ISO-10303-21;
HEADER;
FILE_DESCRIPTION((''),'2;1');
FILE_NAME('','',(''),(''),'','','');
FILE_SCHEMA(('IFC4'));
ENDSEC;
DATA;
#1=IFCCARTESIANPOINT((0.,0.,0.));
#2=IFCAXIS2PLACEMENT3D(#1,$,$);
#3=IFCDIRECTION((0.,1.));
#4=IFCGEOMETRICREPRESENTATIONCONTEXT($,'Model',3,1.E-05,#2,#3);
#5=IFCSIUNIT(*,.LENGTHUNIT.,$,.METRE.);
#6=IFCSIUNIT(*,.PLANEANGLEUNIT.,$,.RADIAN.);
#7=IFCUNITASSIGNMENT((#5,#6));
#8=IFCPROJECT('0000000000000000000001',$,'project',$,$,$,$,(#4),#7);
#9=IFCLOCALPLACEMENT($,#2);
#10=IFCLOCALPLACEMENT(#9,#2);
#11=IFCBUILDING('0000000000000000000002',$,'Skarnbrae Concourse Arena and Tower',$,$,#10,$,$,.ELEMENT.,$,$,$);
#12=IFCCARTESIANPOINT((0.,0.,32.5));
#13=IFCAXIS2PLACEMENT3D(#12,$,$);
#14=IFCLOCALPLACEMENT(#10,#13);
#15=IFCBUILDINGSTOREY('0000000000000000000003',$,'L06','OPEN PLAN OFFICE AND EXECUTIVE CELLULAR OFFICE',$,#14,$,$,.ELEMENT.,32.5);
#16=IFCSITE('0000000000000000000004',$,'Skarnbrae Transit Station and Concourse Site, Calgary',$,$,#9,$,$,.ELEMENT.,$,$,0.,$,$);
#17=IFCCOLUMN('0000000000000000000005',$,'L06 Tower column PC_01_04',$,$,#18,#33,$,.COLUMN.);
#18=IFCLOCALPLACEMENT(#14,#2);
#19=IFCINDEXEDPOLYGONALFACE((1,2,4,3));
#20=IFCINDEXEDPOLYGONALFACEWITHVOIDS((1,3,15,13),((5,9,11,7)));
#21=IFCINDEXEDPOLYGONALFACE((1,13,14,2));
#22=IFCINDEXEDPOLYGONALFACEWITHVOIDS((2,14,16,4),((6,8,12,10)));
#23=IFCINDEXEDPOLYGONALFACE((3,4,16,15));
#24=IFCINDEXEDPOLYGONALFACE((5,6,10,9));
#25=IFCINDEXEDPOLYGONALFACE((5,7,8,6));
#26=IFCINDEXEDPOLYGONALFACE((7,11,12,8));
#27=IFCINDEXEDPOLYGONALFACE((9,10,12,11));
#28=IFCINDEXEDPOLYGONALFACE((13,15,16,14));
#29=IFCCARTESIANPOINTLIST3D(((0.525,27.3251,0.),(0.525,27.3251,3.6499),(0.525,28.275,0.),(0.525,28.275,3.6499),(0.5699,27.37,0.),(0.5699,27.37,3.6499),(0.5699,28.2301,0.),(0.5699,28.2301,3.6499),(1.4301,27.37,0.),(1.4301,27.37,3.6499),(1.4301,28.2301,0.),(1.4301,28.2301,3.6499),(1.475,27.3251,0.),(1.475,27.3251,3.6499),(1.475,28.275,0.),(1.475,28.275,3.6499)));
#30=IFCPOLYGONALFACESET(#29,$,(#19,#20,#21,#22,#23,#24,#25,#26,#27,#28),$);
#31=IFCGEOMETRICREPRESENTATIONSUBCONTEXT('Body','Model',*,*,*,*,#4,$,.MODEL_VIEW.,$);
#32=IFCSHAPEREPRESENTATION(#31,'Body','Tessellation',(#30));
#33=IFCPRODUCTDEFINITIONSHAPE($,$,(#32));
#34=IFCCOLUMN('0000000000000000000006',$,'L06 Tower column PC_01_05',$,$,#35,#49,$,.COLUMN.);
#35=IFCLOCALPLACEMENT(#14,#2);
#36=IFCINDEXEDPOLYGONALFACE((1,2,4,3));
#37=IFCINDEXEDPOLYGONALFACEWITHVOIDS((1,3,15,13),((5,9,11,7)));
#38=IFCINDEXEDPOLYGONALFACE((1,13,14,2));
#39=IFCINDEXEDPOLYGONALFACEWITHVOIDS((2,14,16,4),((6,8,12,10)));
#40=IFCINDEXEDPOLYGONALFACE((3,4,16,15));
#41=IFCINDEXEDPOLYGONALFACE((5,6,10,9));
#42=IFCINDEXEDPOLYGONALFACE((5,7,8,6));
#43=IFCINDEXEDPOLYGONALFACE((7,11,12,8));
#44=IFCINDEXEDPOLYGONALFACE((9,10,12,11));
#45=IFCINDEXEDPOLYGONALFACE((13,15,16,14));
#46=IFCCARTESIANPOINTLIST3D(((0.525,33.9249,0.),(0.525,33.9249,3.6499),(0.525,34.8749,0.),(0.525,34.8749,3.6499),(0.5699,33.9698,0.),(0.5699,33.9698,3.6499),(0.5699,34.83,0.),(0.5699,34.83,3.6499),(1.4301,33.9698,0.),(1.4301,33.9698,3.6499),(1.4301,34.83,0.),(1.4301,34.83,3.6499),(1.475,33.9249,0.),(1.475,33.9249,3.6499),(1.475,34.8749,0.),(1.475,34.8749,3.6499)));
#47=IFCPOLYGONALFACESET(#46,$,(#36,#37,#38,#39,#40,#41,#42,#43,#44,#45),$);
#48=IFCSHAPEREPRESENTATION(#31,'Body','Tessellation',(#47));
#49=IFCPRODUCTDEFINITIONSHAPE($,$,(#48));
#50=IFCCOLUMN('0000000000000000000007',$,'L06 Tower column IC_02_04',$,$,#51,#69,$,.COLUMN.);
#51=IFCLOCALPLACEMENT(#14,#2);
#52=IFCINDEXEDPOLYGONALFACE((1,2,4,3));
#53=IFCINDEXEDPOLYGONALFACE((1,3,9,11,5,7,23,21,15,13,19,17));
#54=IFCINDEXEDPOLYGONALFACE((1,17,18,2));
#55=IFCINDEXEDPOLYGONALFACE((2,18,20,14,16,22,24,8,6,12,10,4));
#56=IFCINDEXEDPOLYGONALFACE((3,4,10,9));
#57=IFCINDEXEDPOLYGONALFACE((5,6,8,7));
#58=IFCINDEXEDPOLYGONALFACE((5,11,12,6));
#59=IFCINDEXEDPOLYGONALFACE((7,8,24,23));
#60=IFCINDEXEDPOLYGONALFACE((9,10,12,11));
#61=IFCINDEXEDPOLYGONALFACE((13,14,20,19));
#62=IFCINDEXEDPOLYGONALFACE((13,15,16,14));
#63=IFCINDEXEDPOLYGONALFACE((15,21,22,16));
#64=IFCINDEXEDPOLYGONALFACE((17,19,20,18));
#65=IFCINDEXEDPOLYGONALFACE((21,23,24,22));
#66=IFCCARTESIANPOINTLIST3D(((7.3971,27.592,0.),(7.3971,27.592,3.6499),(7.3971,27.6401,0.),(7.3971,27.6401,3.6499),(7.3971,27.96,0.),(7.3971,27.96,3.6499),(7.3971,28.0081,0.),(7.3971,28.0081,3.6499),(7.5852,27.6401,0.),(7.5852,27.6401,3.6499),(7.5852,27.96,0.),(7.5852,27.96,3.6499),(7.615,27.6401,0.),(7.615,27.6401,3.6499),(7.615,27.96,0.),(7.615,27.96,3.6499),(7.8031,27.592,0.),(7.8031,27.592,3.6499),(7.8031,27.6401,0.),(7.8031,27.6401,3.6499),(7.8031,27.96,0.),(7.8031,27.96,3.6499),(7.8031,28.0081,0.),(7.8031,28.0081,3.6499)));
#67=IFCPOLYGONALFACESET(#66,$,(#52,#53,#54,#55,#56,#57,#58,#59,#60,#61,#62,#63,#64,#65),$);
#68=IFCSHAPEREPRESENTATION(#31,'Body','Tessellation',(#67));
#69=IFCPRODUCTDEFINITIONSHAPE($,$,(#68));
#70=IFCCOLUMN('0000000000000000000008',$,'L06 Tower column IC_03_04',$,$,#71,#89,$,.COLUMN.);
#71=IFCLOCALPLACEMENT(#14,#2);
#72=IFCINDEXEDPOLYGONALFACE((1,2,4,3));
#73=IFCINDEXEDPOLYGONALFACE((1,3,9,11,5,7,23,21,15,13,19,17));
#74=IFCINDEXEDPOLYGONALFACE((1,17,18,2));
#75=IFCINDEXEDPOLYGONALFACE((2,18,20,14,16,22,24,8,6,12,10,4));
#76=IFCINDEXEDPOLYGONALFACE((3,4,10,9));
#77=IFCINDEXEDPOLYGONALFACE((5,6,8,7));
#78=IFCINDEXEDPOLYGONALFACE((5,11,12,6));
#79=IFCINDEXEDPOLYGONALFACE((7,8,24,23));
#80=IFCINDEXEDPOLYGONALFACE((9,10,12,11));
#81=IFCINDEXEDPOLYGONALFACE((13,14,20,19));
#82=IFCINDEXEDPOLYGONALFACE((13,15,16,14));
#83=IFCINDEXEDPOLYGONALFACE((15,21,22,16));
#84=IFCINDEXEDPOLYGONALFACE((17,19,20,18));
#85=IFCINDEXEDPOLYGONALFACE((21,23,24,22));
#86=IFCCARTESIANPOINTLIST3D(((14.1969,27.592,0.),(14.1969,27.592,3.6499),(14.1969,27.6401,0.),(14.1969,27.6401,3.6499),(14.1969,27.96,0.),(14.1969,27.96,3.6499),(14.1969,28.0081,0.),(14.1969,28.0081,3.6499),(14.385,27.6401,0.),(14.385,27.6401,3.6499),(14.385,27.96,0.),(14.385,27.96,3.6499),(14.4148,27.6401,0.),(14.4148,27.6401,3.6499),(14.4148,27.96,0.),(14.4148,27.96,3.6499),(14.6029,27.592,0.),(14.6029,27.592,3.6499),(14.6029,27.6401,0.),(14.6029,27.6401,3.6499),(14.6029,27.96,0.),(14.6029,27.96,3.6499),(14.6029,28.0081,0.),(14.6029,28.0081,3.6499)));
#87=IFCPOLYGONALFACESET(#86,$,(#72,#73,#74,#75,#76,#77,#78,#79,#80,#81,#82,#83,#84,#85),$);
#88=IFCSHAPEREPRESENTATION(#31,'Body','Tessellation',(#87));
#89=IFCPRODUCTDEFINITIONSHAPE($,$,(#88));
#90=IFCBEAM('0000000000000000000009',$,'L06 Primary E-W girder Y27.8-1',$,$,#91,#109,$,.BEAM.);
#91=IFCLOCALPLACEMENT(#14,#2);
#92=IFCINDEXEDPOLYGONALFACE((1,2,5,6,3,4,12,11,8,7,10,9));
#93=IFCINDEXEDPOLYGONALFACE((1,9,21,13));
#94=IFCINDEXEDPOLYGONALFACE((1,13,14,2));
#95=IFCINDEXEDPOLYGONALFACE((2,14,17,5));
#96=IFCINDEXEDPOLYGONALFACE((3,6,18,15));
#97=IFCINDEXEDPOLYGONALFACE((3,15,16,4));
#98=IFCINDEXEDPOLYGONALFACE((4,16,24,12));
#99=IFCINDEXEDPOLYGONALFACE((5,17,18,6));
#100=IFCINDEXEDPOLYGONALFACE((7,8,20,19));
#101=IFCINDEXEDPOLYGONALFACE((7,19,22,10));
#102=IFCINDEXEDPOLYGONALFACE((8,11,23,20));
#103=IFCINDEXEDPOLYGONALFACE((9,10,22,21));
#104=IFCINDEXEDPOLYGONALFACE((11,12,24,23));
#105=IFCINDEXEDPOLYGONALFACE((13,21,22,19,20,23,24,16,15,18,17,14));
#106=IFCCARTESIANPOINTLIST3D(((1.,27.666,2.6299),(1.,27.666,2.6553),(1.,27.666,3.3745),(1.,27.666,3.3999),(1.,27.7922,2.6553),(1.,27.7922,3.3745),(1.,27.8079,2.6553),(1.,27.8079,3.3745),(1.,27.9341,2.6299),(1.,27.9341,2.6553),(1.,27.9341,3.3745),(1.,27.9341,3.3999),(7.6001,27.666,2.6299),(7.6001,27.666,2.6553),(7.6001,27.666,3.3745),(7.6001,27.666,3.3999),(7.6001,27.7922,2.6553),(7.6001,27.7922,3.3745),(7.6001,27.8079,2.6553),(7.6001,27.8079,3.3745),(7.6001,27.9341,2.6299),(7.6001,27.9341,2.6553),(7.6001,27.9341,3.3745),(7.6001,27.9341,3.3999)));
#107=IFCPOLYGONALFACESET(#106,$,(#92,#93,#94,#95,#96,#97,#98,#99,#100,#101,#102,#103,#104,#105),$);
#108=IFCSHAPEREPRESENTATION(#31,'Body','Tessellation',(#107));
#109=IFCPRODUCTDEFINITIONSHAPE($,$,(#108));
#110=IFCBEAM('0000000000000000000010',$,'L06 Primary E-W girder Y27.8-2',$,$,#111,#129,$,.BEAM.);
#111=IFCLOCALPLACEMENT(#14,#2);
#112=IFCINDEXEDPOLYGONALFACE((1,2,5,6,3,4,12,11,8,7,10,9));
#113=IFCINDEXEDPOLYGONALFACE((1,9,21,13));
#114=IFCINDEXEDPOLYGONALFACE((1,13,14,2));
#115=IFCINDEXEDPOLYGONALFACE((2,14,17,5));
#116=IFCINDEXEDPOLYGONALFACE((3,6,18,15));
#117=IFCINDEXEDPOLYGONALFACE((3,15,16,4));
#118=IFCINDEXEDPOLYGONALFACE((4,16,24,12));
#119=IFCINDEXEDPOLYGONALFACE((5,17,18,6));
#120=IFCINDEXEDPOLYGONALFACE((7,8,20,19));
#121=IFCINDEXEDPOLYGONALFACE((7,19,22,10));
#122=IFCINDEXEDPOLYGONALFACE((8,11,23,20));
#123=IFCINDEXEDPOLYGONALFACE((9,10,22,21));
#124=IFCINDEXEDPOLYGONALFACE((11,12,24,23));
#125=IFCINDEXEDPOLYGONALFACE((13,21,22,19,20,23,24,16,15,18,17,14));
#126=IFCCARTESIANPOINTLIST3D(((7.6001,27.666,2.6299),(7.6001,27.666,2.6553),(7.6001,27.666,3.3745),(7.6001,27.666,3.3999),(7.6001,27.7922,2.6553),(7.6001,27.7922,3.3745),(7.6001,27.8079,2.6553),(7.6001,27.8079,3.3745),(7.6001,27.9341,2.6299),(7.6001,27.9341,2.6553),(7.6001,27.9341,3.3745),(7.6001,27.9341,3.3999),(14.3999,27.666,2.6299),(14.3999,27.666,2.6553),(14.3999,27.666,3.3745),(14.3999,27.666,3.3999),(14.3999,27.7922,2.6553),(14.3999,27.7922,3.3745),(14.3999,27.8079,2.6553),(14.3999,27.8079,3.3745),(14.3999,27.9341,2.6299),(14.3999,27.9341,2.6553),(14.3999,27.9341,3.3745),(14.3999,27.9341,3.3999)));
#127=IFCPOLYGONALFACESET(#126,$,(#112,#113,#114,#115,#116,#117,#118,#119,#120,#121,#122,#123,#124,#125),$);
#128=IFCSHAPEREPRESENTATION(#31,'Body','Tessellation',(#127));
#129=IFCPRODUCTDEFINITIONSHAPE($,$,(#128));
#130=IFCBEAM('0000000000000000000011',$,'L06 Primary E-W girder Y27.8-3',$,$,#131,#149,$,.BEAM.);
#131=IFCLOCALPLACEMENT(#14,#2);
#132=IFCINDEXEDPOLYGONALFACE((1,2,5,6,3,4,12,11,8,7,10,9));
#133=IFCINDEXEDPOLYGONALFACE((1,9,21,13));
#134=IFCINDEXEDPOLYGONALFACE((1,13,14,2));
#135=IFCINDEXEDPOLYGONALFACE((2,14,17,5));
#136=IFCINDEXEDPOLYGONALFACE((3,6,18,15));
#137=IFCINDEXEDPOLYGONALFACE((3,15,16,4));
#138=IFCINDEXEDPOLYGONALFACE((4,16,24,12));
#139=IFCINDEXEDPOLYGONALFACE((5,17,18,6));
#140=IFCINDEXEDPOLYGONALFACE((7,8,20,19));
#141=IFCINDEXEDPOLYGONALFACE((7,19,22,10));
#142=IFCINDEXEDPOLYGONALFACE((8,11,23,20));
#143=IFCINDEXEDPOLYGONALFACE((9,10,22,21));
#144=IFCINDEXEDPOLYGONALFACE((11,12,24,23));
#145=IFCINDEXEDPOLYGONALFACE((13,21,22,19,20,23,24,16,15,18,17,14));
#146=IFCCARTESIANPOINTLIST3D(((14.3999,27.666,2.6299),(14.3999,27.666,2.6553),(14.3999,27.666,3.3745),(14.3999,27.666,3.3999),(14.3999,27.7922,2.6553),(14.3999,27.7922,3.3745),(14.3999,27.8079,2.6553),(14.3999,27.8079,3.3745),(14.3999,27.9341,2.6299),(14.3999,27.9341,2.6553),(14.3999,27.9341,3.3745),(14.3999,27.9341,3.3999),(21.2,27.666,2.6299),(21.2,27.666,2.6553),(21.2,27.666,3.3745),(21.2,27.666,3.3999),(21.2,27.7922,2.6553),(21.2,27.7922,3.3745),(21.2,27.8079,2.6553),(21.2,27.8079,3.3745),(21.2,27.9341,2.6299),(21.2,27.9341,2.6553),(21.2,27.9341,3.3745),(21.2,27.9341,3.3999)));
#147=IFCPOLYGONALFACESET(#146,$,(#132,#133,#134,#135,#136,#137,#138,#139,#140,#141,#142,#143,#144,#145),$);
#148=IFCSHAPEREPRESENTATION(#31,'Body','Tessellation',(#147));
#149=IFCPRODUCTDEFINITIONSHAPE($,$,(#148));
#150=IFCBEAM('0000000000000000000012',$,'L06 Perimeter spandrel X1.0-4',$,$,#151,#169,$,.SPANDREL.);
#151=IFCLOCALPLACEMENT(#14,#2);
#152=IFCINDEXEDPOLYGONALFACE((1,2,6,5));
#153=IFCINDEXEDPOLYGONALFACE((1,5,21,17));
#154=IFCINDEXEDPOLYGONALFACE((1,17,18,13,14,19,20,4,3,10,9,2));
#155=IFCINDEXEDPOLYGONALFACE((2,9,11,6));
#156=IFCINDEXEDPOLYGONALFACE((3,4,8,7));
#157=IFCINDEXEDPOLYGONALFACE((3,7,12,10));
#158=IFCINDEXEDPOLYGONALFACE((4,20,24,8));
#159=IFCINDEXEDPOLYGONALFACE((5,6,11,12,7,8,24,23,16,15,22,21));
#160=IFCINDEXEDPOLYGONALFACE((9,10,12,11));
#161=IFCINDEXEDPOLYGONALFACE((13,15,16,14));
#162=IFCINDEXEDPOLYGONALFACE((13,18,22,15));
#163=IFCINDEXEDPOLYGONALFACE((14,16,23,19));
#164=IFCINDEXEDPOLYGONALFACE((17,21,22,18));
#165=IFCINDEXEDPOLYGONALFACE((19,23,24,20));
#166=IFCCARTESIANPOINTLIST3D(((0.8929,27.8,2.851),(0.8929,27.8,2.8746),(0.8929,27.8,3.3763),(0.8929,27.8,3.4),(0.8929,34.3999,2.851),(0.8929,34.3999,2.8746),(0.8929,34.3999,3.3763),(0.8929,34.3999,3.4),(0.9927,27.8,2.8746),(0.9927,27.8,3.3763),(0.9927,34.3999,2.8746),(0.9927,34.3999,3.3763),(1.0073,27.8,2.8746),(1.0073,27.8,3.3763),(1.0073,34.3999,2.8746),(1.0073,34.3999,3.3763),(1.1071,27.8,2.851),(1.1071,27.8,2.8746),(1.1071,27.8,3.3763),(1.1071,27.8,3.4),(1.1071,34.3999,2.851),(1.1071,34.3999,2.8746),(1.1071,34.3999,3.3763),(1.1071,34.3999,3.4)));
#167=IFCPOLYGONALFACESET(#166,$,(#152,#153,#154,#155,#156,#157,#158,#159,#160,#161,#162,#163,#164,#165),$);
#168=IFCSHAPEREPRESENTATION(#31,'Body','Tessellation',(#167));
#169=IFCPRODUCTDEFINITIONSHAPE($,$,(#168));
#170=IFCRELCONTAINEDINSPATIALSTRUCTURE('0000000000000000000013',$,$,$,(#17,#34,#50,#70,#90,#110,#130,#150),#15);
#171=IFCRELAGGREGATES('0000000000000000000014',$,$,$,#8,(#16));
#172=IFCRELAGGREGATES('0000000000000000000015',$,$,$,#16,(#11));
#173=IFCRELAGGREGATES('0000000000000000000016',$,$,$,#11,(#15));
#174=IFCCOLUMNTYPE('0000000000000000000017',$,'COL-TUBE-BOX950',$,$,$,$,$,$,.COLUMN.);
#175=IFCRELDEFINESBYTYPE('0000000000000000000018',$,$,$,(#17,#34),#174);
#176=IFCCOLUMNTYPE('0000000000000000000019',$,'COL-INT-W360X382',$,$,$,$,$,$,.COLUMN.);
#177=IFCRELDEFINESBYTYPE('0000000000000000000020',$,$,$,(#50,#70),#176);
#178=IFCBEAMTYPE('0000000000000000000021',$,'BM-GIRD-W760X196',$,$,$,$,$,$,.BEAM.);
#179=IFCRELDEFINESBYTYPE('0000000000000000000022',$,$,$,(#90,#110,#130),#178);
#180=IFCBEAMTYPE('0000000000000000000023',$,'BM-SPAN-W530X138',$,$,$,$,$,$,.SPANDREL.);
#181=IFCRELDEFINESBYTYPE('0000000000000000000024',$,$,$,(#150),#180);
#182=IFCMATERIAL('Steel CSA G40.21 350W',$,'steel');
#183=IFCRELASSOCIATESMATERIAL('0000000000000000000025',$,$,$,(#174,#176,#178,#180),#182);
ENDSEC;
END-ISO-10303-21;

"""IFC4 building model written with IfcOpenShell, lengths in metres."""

from ifc_helpers import new_model, si_unit, direction, frame, origin, origin_2d, place, context, subcontext, project, spatial, hollow_rectangle, i_section, extrude, source, transform, mapped, material, material_profile, profile_set, type_object, element, save


model = new_model("IFC4")

# Units and contexts
model_context = context("Model", 3, precision=1e-05, world=origin(), true_north=direction((0.0, 1.0)))
body_context = subcontext(model_context, "Body", "Model", "MODEL_VIEW")
ifc_project = project(units=[si_unit("LENGTHUNIT", "METRE"), si_unit("PLANEANGLEUNIT", "RADIAN")], contexts=[model_context])

# Site, building, storey
site_placement = place(None, origin())
site = spatial("IfcSite", under=ifc_project, at=site_placement, Name="Skarnbrae Transit Station and Concourse Site, Calgary", CompositionType="ELEMENT", RefElevation=0.0)
building_placement = place(site_placement, origin())
building = spatial("IfcBuilding", under=site, at=building_placement, Name="Skarnbrae Concourse Arena and Tower", CompositionType="ELEMENT")
storey_placement = place(building_placement, frame((0.0, 0.0, 32.5)))
storey = spatial("IfcBuildingStorey", under=building, at=storey_placement, Name="L06", Description="OPEN PLAN OFFICE AND EXECUTIVE CELLULAR OFFICE", CompositionType="ELEMENT", Elevation=32.5)

# Columns
ifc_material_1 = material(Name="Steel CSA G40.21 350W", Category="steel")
ifc_material_profile_1 = material_profile(ifc_material_1, hollow_rectangle(XDim=0.95, YDim=0.95, WallThickness=0.0449, at=origin_2d()), Name="BOX950X950X45")
ifc_profile_set_1 = profile_set([ifc_material_profile_1], Name="Steel CSA G40.21 350W")
column_type_1 = type_object("IfcColumnType", Name="COL-TUBE-BOX950", PredefinedType="COLUMN", material=ifc_profile_set_1)
shared_shape_1 = source(origin(), body_context, "Body", "SweptSolid", [
    extrude(hollow_rectangle(XDim=0.95, YDim=0.95, WallThickness=0.0449, at=origin_2d()), origin(), (0.0, 0.0, 1.0), 3.6499),
])
for number, where, z_axis, x_axis, name in (
    (1, (1.0, 27.8, 0.0), (0.0, 0.0, 1.0), (1.0, 0.0, 0.0), "L06 Tower column PC_01_04"),
    (2, (1.0, 34.3999, 0.0), (0.0, 0.0, 1.0), (1.0, 0.0, 0.0), "L06 Tower column PC_01_05"),
):
    element("IfcColumn", number, at=place(storey_placement, frame(where, z_axis=z_axis, x_axis=x_axis)), inside=storey, type_object=column_type_1, Name=name, PredefinedType="COLUMN", context=body_context, shape_type="MappedRepresentation", body=[
        mapped(shared_shape_1, transform((0.0, 0.0, 0.0))),
    ])
ifc_material_profile_2 = material_profile(ifc_material_1, i_section(OverallWidth=0.406, OverallDepth=0.416, WebThickness=0.0298, FlangeThickness=0.0481, at=origin_2d()), Name="W360X382")
ifc_profile_set_2 = profile_set([ifc_material_profile_2], Name="Steel CSA G40.21 350W")
column_type_2 = type_object("IfcColumnType", Name="COL-INT-W360X382", PredefinedType="COLUMN", material=ifc_profile_set_2)
shared_shape_2 = source(origin(), body_context, "Body", "SweptSolid", [
    extrude(i_section(OverallWidth=0.406, OverallDepth=0.416, WebThickness=0.0298, FlangeThickness=0.0481, at=origin_2d()), origin(), (0.0, 0.0, 1.0), 3.6499),
])
for number, where, z_axis, x_axis, name in (
    (3, (7.6001, 27.8, 0.0), (0.0, 0.0, 1.0), (1.0, 0.0, 0.0), "L06 Tower column IC_02_04"),
    (4, (14.3999, 27.8, 0.0), (0.0, 0.0, 1.0), (1.0, 0.0, 0.0), "L06 Tower column IC_03_04"),
):
    element("IfcColumn", number, at=place(storey_placement, frame(where, z_axis=z_axis, x_axis=x_axis)), inside=storey, type_object=column_type_2, Name=name, PredefinedType="COLUMN", context=body_context, shape_type="MappedRepresentation", body=[
        mapped(shared_shape_2, transform((0.0, 0.0, 0.0))),
    ])

# Beams
ifc_material_profile_3 = material_profile(ifc_material_1, i_section(OverallWidth=0.2681, OverallDepth=0.77, WebThickness=0.0156, FlangeThickness=0.0254, at=origin_2d()), Name="W760X196")
ifc_profile_set_3 = profile_set([ifc_material_profile_3], Name="Steel CSA G40.21 350W")
beam_type_1 = type_object("IfcBeamType", Name="BM-GIRD-W760X196", PredefinedType="BEAM", material=ifc_profile_set_3)
shared_shape_3 = source(origin(), body_context, "Body", "SweptSolid", [
    extrude(i_section(OverallWidth=0.2681, OverallDepth=0.77, WebThickness=0.0156, FlangeThickness=0.0254, at=origin_2d()), origin(), (0.0, 0.0, 1.0), 6.6001),
])
beam_1_placement = place(storey_placement, frame((1.0, 27.8, 3.0149), z_axis=(1.0, 0.0, 0.0), x_axis=(0.0, 1.0, 0.0)))
element("IfcBeam", 5, at=beam_1_placement, inside=storey, type_object=beam_type_1, Name="L06 Primary E-W girder Y27.8-1", PredefinedType="BEAM", context=body_context, shape_type="MappedRepresentation", body=[
    mapped(shared_shape_3, transform((0.0, 0.0, 0.0))),
])
shared_shape_4 = source(origin(), body_context, "Body", "SweptSolid", [
    extrude(i_section(OverallWidth=0.2681, OverallDepth=0.77, WebThickness=0.0156, FlangeThickness=0.0254, at=origin_2d()), origin(), (0.0, 0.0, 1.0), 6.7998),
])
beam_2_placement = place(storey_placement, frame((7.6001, 27.8, 3.0149), z_axis=(1.0, 0.0, 0.0), x_axis=(0.0, 1.0, 0.0)))
element("IfcBeam", 6, at=beam_2_placement, inside=storey, type_object=beam_type_1, Name="L06 Primary E-W girder Y27.8-2", PredefinedType="BEAM", context=body_context, shape_type="MappedRepresentation", body=[
    mapped(shared_shape_4, transform((0.0, 0.0, 0.0))),
])
shared_shape_5 = source(origin(), body_context, "Body", "SweptSolid", [
    extrude(i_section(OverallWidth=0.2681, OverallDepth=0.77, WebThickness=0.0156, FlangeThickness=0.0254, at=origin_2d()), origin(), (0.0, 0.0, 1.0), 6.8),
])
beam_3_placement = place(storey_placement, frame((14.3999, 27.8, 3.0149), z_axis=(1.0, 0.0, 0.0), x_axis=(0.0, 1.0, 0.0)))
element("IfcBeam", 7, at=beam_3_placement, inside=storey, type_object=beam_type_1, Name="L06 Primary E-W girder Y27.8-3", PredefinedType="BEAM", context=body_context, shape_type="MappedRepresentation", body=[
    mapped(shared_shape_5, transform((0.0, 0.0, 0.0))),
])
ifc_material_profile_4 = material_profile(ifc_material_1, i_section(OverallWidth=0.2141, OverallDepth=0.5491, WebThickness=0.0146, FlangeThickness=0.0237, at=origin_2d()), Name="W530X138")
ifc_profile_set_4 = profile_set([ifc_material_profile_4], Name="Steel CSA G40.21 350W")
beam_type_2 = type_object("IfcBeamType", Name="BM-SPAN-W530X138", PredefinedType="SPANDREL", material=ifc_profile_set_4)
shared_shape_6 = source(origin(), body_context, "Body", "SweptSolid", [
    extrude(i_section(OverallWidth=0.2141, OverallDepth=0.5491, WebThickness=0.0146, FlangeThickness=0.0237, at=origin_2d()), origin(), (0.0, 0.0, 1.0), 6.5999),
])
beam_4_placement = place(storey_placement, frame((1.0, 27.8, 3.1255), z_axis=(0.0, 1.0, 0.0), x_axis=(-1.0, 0.0, 0.0)))
element("IfcBeam", 8, at=beam_4_placement, inside=storey, type_object=beam_type_2, Name="L06 Perimeter spandrel X1.0-4", PredefinedType="SPANDREL", context=body_context, shape_type="MappedRepresentation", body=[
    mapped(shared_shape_6, transform((0.0, 0.0, 0.0))),
])

save(model, "model.ifc")
